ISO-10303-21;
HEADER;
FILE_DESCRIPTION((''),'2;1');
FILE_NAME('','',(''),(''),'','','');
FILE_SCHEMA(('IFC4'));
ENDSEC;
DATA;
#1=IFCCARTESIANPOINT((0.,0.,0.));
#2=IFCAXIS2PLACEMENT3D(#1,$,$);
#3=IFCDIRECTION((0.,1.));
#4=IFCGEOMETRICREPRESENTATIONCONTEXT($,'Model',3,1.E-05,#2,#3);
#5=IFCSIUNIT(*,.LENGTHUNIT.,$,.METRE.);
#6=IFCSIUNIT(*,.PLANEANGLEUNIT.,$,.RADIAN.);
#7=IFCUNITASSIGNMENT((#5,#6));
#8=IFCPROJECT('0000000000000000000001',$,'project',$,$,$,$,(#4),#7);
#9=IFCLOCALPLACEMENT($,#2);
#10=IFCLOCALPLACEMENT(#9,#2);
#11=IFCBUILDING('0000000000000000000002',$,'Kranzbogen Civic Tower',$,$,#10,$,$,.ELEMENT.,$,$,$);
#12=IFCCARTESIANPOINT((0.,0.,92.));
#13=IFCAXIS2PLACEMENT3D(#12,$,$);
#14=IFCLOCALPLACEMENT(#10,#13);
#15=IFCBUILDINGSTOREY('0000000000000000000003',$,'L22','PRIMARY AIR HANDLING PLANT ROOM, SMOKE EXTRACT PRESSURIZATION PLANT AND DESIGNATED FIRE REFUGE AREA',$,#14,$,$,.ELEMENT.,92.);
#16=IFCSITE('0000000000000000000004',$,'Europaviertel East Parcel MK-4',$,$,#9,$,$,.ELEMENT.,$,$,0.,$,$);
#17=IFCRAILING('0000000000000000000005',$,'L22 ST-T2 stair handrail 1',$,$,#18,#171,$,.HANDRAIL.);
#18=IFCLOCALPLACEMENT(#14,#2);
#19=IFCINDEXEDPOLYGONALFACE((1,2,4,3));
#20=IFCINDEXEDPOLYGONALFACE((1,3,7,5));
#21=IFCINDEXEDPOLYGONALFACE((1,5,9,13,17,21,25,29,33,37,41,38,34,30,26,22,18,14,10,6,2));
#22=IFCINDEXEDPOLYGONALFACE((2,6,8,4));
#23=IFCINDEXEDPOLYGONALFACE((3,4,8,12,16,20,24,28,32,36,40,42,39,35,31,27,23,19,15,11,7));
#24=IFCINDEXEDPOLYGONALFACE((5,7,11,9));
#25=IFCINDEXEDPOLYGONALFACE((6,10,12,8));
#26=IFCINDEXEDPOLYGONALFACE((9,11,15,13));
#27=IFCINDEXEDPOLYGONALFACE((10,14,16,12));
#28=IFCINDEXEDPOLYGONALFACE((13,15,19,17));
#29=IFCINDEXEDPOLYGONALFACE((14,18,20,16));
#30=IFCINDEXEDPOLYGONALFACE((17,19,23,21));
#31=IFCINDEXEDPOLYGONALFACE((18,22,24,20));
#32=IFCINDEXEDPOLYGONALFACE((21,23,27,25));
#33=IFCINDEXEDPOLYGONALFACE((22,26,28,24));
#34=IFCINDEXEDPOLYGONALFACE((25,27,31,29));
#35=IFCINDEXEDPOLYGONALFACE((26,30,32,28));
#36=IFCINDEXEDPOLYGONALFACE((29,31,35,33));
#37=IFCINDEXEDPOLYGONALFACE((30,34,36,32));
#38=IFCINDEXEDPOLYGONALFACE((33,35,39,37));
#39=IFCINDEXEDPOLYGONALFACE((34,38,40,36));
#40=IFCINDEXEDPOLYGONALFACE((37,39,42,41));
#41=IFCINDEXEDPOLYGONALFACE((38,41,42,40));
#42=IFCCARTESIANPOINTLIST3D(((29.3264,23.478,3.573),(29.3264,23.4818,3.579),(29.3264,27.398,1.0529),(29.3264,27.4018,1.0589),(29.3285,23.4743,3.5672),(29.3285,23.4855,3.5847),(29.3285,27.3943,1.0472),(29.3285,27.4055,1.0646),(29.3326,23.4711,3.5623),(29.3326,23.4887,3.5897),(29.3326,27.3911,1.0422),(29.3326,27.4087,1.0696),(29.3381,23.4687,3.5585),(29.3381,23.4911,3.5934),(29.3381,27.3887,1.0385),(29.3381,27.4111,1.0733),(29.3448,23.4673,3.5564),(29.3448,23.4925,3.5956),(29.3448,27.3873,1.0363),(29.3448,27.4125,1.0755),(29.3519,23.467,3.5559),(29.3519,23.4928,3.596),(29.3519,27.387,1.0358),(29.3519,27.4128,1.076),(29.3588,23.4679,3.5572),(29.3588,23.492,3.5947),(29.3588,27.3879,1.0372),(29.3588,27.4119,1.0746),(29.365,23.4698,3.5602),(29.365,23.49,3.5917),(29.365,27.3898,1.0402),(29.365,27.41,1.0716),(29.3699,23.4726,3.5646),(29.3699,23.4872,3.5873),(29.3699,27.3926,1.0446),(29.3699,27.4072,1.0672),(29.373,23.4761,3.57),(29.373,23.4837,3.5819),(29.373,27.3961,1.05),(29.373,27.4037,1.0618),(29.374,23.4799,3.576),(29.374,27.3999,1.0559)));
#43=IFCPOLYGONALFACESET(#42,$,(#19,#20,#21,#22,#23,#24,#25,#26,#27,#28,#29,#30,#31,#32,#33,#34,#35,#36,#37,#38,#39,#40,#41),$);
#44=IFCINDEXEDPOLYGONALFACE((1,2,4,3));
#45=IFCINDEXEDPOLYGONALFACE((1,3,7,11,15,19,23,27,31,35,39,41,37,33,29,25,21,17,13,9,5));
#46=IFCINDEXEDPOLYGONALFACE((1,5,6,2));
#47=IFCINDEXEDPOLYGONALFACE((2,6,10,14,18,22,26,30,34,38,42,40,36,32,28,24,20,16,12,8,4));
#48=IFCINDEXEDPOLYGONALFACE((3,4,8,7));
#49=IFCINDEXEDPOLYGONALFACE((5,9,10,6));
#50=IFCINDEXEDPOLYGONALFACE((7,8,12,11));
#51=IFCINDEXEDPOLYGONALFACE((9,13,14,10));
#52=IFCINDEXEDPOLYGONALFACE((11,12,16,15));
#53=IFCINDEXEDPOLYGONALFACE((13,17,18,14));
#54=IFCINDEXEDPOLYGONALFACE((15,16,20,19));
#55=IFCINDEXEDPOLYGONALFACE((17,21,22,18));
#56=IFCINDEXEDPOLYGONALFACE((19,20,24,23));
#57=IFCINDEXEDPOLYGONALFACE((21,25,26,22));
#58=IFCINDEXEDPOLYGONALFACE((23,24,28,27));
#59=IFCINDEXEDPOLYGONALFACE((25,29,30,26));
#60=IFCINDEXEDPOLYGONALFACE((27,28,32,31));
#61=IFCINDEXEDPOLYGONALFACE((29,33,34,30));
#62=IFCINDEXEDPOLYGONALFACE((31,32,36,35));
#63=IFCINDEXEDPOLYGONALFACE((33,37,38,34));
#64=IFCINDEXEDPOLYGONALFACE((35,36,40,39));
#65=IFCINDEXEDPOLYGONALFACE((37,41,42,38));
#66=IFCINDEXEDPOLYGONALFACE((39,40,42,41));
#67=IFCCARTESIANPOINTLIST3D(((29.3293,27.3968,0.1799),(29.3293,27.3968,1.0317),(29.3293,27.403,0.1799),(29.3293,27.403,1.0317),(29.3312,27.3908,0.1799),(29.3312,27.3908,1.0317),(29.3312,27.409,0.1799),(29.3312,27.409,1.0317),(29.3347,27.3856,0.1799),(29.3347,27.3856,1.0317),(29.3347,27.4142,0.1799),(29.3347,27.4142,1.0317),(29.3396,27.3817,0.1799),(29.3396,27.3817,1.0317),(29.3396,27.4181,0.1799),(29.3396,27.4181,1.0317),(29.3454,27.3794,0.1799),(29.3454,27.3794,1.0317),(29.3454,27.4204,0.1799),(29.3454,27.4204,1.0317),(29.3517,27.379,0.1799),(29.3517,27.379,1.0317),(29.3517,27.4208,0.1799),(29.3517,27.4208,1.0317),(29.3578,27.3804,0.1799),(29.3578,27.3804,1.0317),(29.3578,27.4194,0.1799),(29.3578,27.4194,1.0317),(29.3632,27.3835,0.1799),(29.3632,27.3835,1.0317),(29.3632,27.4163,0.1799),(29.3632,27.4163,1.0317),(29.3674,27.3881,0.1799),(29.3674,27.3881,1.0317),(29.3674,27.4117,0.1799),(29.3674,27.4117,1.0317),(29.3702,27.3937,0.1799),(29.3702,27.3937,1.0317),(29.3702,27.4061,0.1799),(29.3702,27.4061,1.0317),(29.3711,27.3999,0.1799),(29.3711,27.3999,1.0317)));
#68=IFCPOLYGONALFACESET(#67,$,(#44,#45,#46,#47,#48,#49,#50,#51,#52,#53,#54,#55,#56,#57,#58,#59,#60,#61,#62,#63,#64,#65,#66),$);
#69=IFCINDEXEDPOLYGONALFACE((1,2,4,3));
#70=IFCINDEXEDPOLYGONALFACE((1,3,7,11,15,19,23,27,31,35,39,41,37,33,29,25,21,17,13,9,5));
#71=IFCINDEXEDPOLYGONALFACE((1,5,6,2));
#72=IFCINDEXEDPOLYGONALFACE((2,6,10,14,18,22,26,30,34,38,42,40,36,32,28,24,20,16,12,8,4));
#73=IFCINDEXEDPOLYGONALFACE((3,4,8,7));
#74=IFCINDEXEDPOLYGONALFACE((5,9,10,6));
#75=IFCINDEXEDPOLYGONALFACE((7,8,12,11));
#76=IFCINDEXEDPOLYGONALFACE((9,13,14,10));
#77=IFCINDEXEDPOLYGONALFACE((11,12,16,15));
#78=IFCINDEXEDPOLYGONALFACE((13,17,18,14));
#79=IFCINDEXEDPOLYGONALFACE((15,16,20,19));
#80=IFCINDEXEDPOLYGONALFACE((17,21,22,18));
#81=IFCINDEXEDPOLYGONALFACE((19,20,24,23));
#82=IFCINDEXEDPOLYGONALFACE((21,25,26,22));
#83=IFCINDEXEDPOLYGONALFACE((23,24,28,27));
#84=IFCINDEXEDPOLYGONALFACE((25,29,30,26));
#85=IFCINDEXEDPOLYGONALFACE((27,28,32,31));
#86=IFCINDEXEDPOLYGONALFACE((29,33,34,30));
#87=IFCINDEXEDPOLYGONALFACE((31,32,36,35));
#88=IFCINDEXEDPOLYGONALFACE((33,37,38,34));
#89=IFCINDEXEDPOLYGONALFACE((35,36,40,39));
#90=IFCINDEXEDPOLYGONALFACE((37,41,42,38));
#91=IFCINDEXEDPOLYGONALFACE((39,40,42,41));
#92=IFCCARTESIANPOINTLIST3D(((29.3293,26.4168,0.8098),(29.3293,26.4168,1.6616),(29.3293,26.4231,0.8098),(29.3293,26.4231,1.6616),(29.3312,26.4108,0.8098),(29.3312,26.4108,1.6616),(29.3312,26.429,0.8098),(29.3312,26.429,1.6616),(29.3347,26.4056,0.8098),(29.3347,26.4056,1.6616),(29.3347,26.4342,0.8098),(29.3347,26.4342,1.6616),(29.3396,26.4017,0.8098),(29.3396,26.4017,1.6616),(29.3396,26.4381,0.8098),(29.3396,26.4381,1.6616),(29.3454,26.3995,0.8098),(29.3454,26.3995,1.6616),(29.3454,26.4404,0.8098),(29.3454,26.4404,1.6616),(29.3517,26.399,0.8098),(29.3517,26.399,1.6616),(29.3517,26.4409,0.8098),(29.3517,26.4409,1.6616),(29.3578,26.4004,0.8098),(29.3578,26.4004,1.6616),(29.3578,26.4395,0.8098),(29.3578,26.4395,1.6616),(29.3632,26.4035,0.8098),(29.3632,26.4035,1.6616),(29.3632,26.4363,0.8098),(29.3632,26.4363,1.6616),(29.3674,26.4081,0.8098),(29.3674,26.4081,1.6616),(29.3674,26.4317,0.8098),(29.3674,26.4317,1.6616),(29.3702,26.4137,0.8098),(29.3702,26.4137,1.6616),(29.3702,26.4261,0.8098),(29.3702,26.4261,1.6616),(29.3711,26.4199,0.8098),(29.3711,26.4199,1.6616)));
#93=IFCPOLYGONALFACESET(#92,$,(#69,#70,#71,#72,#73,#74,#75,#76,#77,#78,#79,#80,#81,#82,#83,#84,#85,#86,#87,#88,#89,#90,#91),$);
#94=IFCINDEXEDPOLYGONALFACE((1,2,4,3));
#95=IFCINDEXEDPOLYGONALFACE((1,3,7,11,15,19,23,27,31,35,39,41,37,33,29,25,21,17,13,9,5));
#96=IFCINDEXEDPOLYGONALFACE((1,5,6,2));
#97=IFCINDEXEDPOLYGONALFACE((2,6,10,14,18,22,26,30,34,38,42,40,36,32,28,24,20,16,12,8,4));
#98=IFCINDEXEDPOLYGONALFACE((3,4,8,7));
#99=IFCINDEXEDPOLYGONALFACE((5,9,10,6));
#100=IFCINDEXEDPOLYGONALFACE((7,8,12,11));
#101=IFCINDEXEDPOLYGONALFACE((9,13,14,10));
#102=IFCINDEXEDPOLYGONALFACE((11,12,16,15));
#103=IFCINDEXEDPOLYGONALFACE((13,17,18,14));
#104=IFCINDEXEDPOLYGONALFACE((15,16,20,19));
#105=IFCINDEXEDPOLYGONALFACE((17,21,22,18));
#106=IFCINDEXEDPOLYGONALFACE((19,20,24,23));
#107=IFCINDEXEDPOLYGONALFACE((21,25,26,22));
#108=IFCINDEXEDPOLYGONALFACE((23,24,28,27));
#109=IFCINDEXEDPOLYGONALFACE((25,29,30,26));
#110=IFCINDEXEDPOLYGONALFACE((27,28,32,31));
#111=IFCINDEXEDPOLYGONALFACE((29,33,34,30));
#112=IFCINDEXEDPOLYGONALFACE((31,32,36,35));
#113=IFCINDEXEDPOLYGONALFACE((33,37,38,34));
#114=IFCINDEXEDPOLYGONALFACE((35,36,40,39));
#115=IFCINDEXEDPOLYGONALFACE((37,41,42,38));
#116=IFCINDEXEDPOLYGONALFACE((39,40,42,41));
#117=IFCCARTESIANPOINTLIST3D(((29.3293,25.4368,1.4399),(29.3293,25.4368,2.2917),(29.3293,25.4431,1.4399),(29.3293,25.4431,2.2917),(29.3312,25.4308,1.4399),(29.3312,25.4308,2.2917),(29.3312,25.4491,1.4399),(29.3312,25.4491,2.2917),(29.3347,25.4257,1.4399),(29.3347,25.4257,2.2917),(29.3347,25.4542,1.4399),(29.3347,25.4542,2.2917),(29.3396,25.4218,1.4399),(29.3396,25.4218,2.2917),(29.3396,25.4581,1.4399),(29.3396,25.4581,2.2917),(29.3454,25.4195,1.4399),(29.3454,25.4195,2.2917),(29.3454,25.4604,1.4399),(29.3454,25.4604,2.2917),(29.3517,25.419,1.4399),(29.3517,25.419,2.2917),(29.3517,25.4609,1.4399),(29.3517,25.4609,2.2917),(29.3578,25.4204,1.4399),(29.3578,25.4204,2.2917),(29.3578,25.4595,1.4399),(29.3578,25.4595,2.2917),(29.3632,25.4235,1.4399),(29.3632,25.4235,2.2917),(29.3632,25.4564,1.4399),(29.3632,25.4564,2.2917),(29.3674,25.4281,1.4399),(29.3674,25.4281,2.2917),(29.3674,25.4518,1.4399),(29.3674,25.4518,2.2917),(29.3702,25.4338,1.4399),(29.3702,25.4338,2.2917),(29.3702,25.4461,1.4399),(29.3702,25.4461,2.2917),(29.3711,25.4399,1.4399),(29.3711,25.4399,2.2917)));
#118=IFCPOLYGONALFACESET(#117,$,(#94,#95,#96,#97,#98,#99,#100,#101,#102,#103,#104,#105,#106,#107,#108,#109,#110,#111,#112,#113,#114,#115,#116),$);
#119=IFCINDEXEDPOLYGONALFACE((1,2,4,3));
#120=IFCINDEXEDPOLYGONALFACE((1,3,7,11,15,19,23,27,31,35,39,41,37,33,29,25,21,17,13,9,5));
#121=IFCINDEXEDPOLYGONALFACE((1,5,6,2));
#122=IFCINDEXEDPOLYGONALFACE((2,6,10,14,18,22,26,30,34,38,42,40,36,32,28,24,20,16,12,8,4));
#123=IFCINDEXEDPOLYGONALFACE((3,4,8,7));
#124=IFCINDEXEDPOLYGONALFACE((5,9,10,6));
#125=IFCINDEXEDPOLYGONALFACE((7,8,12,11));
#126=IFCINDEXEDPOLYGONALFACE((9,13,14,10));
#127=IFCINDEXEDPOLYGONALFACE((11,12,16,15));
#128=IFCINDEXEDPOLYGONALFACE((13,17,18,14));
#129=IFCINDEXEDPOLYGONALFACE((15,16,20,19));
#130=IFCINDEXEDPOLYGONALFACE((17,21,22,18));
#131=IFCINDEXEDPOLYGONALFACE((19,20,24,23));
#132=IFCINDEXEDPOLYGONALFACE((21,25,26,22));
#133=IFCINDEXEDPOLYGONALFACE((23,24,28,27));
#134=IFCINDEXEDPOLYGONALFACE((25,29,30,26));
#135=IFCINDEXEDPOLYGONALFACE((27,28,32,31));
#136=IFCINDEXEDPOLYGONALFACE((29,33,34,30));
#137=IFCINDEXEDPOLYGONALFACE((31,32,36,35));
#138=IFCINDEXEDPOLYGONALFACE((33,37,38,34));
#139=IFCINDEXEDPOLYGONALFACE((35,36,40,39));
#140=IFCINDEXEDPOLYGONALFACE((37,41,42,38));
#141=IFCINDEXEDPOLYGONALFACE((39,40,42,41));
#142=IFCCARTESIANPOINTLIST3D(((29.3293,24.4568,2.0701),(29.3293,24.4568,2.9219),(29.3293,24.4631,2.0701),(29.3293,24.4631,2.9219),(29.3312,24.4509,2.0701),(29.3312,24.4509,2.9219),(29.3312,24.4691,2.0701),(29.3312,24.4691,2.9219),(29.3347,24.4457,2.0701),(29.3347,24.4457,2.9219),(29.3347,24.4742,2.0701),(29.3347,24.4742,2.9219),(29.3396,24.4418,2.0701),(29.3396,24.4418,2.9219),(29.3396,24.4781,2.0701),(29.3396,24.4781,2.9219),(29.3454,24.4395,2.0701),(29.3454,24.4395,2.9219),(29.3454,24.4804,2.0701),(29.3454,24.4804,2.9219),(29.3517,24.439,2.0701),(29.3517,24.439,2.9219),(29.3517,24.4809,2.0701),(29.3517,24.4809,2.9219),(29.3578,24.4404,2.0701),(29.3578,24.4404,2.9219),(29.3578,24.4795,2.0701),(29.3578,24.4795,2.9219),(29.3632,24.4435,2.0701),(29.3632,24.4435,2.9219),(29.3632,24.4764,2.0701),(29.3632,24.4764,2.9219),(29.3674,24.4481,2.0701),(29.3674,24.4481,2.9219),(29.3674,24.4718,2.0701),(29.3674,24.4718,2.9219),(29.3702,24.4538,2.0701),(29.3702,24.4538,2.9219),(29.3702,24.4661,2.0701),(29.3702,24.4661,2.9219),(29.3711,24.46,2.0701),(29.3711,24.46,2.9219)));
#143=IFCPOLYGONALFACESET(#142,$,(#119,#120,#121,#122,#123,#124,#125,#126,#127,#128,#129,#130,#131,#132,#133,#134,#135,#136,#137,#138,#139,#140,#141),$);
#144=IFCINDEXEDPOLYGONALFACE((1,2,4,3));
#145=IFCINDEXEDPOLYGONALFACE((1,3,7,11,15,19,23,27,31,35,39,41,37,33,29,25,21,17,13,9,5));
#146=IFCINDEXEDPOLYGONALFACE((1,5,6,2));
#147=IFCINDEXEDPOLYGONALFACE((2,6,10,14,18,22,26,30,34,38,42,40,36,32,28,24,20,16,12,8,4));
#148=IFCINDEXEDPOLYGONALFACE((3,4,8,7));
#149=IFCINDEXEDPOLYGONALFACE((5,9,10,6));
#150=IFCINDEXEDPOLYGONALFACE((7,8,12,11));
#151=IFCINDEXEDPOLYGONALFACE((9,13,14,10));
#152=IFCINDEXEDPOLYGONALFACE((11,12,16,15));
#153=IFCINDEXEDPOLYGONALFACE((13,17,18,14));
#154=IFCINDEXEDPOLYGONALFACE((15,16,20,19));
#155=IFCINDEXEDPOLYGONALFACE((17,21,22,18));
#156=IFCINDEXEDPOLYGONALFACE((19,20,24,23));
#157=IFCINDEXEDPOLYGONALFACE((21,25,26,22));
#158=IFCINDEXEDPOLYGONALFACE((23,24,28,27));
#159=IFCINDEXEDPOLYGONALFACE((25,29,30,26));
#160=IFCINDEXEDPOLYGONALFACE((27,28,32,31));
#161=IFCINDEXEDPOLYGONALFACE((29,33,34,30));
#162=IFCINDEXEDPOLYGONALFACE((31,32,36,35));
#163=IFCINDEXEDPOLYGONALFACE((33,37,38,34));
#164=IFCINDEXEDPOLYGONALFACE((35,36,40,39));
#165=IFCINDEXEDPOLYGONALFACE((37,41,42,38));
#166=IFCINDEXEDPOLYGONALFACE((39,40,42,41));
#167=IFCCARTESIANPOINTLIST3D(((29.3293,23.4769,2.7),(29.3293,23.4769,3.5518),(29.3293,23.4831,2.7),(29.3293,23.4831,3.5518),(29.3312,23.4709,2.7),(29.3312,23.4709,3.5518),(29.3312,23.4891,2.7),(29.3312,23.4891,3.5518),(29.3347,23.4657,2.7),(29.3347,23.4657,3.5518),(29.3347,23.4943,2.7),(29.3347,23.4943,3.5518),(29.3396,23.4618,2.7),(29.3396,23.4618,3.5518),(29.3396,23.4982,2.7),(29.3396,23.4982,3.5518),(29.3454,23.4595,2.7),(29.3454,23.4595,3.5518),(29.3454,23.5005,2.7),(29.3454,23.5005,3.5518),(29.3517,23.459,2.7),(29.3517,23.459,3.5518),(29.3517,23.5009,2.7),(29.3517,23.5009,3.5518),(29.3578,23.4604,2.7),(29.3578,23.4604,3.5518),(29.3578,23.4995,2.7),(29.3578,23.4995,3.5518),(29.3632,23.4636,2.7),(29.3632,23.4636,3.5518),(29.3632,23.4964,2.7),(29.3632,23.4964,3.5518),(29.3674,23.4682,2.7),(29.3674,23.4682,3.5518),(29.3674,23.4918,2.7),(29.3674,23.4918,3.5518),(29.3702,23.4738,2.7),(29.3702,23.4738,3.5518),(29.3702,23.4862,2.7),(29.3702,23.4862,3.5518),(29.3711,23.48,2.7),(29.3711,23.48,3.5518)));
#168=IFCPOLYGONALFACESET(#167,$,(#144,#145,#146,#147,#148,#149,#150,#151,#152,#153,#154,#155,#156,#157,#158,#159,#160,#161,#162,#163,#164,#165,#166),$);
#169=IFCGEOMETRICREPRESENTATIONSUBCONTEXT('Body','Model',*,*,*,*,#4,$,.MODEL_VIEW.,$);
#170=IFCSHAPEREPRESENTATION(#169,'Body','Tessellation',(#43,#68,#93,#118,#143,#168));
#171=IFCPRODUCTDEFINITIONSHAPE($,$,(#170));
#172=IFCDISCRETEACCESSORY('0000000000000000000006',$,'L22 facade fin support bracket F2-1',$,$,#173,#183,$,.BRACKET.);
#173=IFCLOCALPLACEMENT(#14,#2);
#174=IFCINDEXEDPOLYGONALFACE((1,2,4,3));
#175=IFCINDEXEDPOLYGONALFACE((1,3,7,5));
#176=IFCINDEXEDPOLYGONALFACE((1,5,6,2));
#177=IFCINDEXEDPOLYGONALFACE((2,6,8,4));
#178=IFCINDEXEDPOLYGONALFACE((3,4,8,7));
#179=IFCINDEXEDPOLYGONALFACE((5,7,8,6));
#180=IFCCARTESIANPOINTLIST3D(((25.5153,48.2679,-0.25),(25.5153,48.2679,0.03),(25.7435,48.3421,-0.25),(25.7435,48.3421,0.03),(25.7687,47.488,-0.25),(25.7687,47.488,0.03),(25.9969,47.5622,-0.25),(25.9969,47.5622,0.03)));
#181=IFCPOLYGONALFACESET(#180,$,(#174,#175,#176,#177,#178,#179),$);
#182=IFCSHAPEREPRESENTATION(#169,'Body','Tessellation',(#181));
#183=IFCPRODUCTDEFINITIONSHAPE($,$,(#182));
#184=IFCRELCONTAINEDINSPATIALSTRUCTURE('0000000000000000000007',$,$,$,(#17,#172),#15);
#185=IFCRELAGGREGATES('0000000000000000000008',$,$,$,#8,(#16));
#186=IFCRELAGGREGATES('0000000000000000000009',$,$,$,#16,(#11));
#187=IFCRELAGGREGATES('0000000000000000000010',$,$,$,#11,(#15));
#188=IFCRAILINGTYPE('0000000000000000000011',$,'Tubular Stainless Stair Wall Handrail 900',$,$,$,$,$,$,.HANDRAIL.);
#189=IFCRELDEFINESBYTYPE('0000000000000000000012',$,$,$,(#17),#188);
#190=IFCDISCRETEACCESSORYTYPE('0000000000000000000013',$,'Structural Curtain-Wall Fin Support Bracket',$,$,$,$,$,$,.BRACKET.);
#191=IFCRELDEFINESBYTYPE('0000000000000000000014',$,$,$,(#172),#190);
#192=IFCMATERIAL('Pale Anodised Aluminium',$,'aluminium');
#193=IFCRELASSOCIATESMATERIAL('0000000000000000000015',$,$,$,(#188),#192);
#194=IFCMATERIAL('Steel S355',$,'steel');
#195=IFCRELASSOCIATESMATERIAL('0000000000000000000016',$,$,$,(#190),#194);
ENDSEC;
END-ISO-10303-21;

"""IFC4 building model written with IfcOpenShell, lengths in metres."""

from ifc_helpers import new_model, si_unit, direction, frame, origin, origin_2d, place, context, subcontext, project, spatial, rectangle, circle, extrude, material, type_object, element, save


model = new_model("IFC4")

# Units and contexts
model_context = context("Model", 3, precision=1e-05, world=origin(), true_north=direction((0.0, 1.0)))
body_context = subcontext(model_context, "Body", "Model", "MODEL_VIEW")
ifc_project = project(units=[si_unit("LENGTHUNIT", "METRE"), si_unit("PLANEANGLEUNIT", "RADIAN")], contexts=[model_context])

# Site, building, storey
site_placement = place(None, origin())
site = spatial("IfcSite", under=ifc_project, at=site_placement, Name="Europaviertel East Parcel MK-4", CompositionType="ELEMENT", RefElevation=0.0)
building_placement = place(site_placement, origin())
building = spatial("IfcBuilding", under=site, at=building_placement, Name="Kranzbogen Civic Tower", CompositionType="ELEMENT")
storey_placement = place(building_placement, frame((0.0, 0.0, 92.0)))
storey = spatial("IfcBuildingStorey", under=building, at=storey_placement, Name="L22", Description="PRIMARY AIR HANDLING PLANT ROOM, SMOKE EXTRACT PRESSURIZATION PLANT AND DESIGNATED FIRE REFUGE AREA", CompositionType="ELEMENT", Elevation=92.0)

# Shared definitions
ifc_material_1 = material(Name="Steel S355", Category="steel")

# Shared definitions
ifc_material_2 = material(Name="Pale Anodised Aluminium", Category="aluminium")

# Railing
railing_type_1 = type_object("IfcRailingType", Name="Tubular Stainless Stair Wall Handrail 900", PredefinedType="HANDRAIL", material=ifc_material_2)
railing_1_placement = place(storey_placement, frame((29.3501, 27.3999, 0.1799)))
element("IfcRailing", 1, at=railing_1_placement, inside=storey, type_object=railing_type_1, Name="L22 ST-T2 stair handrail 1", PredefinedType="HANDRAIL", context=body_context, shape_type="SweptSolid", body=[
    extrude(circle(Radius=0.0239, at=origin_2d()), frame((0.0, 0.0, 0.876), z_axis=(0.0, -0.841172, 0.540768), x_axis=(1.0, 0.0, 0.0)), (0.0, 0.0, 1.0), 4.6602),
    extrude(circle(Radius=0.021, at=origin_2d()), origin(), (0.0, 0.0, 1.0), 0.8518),
    extrude(circle(Radius=0.021, at=origin_2d()), frame((0.0, -0.98, 0.6299)), (0.0, 0.0, 1.0), 0.8518),
    extrude(circle(Radius=0.021, at=origin_2d()), frame((0.0, -1.96, 1.26)), (0.0, 0.0, 1.0), 0.8518),
    extrude(circle(Radius=0.021, at=origin_2d()), frame((0.0, -2.9399, 1.8901)), (0.0, 0.0, 1.0), 0.8518),
    extrude(circle(Radius=0.021, at=origin_2d()), frame((0.0, -3.9199, 2.52)), (0.0, 0.0, 1.0), 0.8518),
])

# Discrete accessory
discrete_accessory_type = type_object("IfcDiscreteAccessoryType", Name="Structural Curtain-Wall Fin Support Bracket", PredefinedType="BRACKET", material=ifc_material_1)
discrete_accessory_placement = place(storey_placement, frame((25.7561, 47.915, -0.25), z_axis=(0.0, 0.0, 1.0), x_axis=(-0.309017, 0.951057, 0.0)))
element("IfcDiscreteAccessory", 2, at=discrete_accessory_placement, inside=storey, type_object=discrete_accessory_type, Name="L22 facade fin support bracket F2-1", PredefinedType="BRACKET", context=body_context, shape_type="SweptSolid", body=[
    extrude(rectangle(XDim=0.8201, YDim=0.24, at=origin_2d()), origin(), (0.0, 0.0, 1.0), 0.28),
])

save(model, "model.ifc")
